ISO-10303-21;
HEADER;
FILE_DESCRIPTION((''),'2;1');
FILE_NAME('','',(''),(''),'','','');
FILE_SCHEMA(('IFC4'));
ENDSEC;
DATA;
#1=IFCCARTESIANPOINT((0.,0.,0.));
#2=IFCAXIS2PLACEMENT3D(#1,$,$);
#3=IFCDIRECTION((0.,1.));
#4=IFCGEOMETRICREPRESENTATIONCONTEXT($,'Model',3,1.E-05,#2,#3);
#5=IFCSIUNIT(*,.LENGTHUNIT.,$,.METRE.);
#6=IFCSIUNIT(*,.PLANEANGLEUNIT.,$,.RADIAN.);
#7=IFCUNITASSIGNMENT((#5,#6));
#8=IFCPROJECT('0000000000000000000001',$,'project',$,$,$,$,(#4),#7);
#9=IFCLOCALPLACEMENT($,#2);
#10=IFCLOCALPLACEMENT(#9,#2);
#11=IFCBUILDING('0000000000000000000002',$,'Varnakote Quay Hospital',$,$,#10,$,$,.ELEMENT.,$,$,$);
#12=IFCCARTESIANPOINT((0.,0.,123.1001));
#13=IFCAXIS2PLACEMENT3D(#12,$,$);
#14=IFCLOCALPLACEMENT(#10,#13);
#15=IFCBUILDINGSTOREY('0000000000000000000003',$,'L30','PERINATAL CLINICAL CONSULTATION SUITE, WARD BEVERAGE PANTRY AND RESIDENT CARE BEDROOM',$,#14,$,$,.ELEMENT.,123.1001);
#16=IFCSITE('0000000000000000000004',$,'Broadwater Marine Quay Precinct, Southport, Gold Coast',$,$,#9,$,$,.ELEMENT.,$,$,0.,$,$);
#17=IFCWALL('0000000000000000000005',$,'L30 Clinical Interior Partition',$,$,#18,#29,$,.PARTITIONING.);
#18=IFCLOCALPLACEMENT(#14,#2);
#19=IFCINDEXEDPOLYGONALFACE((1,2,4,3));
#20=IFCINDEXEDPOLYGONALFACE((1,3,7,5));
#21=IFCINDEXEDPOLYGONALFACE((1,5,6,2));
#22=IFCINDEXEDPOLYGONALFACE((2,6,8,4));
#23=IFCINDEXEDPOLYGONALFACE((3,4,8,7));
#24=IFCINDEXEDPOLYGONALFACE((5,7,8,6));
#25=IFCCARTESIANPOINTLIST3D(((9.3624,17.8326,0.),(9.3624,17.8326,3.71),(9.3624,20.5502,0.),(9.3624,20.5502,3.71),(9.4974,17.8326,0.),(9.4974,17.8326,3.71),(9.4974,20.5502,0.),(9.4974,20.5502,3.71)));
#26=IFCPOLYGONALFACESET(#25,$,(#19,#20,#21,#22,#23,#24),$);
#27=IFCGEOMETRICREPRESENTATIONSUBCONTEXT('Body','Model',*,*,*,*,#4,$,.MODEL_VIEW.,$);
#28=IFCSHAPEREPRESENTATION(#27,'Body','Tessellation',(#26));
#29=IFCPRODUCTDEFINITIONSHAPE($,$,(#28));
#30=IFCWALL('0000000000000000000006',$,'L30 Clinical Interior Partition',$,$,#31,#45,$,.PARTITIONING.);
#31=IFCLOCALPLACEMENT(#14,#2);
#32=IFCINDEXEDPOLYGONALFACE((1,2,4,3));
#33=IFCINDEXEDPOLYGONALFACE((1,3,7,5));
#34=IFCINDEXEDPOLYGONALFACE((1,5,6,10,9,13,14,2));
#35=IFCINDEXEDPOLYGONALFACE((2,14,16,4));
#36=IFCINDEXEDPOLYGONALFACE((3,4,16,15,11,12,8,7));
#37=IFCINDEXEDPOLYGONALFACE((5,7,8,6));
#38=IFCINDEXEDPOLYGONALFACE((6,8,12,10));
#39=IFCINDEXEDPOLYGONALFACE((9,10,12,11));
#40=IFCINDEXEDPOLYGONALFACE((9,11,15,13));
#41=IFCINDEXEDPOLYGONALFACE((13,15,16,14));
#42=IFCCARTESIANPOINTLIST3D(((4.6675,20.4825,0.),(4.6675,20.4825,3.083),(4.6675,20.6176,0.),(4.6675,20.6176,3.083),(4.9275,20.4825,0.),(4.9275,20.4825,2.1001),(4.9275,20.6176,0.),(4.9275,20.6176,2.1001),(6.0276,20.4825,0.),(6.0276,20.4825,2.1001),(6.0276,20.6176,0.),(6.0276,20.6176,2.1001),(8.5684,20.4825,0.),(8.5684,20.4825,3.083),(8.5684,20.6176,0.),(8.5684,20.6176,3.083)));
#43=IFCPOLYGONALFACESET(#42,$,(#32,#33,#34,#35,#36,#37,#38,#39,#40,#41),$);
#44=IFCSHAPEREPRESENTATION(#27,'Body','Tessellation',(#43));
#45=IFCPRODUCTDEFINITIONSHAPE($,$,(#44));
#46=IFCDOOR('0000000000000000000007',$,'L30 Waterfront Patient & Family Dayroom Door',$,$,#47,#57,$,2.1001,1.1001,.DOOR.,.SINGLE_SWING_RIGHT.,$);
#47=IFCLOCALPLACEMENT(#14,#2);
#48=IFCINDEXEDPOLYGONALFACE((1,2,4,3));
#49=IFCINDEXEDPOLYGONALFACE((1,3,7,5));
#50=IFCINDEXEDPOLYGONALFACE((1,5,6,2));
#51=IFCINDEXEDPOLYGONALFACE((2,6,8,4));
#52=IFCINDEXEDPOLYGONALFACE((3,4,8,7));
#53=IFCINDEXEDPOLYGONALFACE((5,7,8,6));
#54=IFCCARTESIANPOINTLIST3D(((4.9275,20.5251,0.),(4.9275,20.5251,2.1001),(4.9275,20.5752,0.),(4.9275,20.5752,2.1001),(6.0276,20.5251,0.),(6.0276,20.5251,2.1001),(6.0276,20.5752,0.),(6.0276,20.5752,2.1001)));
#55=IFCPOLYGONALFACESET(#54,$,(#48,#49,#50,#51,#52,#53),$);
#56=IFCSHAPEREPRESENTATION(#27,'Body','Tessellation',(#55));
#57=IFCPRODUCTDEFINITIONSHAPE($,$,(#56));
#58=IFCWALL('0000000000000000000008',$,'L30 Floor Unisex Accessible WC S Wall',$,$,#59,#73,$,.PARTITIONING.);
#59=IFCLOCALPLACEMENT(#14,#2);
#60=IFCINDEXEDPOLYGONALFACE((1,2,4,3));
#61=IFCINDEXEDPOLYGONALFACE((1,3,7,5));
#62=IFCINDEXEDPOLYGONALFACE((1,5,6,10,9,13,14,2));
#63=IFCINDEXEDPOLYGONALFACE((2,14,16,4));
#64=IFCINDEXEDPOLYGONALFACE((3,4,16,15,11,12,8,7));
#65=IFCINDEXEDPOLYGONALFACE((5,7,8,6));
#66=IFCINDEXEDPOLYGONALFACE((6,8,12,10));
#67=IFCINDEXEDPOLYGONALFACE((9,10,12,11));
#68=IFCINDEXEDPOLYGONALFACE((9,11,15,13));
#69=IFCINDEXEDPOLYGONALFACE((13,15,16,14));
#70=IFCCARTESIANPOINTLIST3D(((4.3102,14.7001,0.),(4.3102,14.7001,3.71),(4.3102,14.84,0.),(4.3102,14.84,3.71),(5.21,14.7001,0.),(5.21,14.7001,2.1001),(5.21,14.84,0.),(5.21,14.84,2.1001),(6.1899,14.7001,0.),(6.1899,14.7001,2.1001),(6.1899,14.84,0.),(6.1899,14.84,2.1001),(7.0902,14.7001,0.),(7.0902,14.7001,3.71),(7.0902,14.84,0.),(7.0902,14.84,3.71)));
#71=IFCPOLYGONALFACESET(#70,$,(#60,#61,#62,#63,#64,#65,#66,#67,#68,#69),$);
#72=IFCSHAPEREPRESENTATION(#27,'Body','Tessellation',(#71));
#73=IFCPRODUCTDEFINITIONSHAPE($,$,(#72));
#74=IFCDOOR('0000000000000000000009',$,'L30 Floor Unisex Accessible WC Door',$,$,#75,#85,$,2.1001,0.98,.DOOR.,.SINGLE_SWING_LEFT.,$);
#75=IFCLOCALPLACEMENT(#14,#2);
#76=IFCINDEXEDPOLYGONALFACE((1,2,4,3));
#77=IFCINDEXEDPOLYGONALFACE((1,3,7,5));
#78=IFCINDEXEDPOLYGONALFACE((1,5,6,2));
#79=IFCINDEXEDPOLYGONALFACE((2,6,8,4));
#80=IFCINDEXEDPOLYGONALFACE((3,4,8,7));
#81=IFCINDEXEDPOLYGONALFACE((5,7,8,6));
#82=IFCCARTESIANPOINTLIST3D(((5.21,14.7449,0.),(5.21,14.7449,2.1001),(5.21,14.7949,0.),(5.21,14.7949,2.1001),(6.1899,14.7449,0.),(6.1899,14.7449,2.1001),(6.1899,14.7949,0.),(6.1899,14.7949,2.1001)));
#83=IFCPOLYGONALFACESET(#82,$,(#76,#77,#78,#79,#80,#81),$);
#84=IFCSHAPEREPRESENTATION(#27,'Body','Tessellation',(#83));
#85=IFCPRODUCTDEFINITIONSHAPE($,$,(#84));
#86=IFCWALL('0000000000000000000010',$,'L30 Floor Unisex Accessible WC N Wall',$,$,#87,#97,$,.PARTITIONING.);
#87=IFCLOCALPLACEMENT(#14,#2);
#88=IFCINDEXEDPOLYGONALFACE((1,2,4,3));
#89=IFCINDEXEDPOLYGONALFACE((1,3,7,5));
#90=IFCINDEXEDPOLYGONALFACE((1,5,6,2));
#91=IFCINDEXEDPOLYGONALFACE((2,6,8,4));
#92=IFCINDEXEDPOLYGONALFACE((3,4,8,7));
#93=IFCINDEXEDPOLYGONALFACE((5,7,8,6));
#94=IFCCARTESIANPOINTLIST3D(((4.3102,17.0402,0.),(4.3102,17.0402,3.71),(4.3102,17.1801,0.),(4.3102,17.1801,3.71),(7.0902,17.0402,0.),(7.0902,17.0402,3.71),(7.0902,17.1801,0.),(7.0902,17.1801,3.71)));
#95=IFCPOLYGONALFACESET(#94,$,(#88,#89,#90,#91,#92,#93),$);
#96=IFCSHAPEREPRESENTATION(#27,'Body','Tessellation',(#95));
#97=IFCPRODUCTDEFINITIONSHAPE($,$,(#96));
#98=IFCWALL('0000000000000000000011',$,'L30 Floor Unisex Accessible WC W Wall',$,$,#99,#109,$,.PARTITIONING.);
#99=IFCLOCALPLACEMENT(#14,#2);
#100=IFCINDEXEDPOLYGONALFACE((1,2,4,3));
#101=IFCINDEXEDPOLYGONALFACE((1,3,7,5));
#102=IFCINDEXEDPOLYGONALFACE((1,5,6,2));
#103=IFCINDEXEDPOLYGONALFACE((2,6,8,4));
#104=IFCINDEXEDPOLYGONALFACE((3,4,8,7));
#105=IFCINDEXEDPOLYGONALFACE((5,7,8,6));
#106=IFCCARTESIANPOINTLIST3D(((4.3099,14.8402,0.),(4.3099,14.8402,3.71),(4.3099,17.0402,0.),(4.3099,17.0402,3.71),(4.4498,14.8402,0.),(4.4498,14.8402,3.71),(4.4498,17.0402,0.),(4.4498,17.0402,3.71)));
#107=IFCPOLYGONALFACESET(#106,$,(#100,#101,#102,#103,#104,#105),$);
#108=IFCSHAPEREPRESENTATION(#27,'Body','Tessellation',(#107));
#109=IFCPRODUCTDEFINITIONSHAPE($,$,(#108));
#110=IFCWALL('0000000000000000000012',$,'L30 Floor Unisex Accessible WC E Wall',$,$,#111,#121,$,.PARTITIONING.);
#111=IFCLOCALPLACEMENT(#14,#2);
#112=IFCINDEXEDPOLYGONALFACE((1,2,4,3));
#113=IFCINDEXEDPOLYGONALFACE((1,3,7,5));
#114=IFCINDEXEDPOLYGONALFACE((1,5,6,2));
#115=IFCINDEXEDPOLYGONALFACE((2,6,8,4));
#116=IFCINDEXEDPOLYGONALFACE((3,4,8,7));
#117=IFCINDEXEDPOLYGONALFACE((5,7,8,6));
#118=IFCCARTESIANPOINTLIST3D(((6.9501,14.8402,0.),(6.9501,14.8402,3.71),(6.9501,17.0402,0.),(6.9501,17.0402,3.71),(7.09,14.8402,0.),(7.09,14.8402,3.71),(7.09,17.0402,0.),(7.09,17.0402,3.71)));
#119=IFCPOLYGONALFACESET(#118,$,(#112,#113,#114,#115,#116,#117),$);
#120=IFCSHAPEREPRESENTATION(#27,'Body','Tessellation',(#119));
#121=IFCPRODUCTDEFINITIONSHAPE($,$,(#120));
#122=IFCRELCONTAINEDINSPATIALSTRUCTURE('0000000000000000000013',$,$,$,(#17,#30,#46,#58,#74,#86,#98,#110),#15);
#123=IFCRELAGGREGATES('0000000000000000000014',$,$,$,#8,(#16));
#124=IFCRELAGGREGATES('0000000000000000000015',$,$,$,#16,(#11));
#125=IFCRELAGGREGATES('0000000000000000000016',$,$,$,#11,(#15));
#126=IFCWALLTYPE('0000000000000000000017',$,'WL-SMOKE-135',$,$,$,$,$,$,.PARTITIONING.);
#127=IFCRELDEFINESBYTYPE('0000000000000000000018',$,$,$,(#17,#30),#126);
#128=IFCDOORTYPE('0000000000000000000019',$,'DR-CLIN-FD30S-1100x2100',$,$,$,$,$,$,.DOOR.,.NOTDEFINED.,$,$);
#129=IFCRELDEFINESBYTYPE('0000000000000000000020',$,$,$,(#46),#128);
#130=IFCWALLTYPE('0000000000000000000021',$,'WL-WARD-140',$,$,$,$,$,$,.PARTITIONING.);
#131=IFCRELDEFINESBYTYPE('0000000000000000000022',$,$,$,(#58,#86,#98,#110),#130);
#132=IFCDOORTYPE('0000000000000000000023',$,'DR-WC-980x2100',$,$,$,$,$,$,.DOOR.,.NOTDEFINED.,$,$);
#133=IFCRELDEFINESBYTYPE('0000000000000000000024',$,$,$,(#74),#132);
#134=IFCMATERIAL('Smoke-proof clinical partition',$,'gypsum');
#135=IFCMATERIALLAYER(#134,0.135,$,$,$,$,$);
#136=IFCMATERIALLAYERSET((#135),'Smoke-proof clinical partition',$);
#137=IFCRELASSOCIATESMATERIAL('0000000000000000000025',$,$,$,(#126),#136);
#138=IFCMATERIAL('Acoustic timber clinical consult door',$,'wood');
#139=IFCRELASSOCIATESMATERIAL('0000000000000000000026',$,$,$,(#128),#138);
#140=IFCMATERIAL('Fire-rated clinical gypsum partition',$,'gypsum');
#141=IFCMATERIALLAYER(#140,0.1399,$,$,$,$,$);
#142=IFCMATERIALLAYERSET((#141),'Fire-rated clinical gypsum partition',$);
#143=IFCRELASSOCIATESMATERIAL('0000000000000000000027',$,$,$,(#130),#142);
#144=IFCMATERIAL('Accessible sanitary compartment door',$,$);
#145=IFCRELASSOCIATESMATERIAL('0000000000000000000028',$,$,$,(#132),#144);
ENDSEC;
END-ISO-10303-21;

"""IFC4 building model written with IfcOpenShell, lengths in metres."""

from ifc_helpers import new_model, si_unit, direction, frame, frame_2d, origin, place, context, subcontext, project, spatial, rectangle, extrude, material, layer, layer_set, type_object, element, fill, save


model = new_model("IFC4")

# Units and contexts
model_context = context("Model", 3, precision=1e-05, world=origin(), true_north=direction((0.0, 1.0)))
body_context = subcontext(model_context, "Body", "Model", "MODEL_VIEW")
ifc_project = project(units=[si_unit("LENGTHUNIT", "METRE"), si_unit("PLANEANGLEUNIT", "RADIAN")], contexts=[model_context])

# Site, building, storey
site_placement = place(None, origin())
site = spatial("IfcSite", under=ifc_project, at=site_placement, Name="Broadwater Marine Quay Precinct, Southport, Gold Coast", CompositionType="ELEMENT", RefElevation=0.0)
building_placement = place(site_placement, origin())
building = spatial("IfcBuilding", under=site, at=building_placement, Name="Varnakote Quay Hospital", CompositionType="ELEMENT")
storey_placement = place(building_placement, frame((0.0, 0.0, 123.1001)))
storey = spatial("IfcBuildingStorey", under=building, at=storey_placement, Name="L30", Description="PERINATAL CLINICAL CONSULTATION SUITE, WARD BEVERAGE PANTRY AND RESIDENT CARE BEDROOM", CompositionType="ELEMENT", Elevation=123.1001)

# Wall
ifc_material_1 = material(Name="Smoke-proof clinical partition", Category="gypsum")
ifc_layer_1 = layer(ifc_material_1, 0.135)
ifc_layer_set_1 = layer_set([ifc_layer_1], Name="Smoke-proof clinical partition")
wall_type_1 = type_object("IfcWallType", Name="WL-SMOKE-135", PredefinedType="PARTITIONING", material=ifc_layer_set_1)
wall_1_placement = place(storey_placement, frame((9.4299, 17.8325, 0.0), z_axis=(0.0, 0.0, 1.0), x_axis=(0.0, 1.0, 0.0)))
element("IfcWall", 1, at=wall_1_placement, inside=storey, type_object=wall_type_1, Name="L30 Clinical Interior Partition", PredefinedType="PARTITIONING", context=body_context, shape_type="SweptSolid", body=[
    extrude(rectangle(XDim=2.7175, YDim=0.135, at=frame_2d((1.3589, 0.0))), origin(), (0.0, 0.0, 1.0), 3.71),
])

# Walls, openings, doors
wall_2_placement = place(storey_placement, frame((8.5684, 20.55, 0.0), z_axis=(0.0, 0.0, 1.0), x_axis=(-1.0, 0.0, 0.0)))
wall_2 = element("IfcWall", 2, at=wall_2_placement, inside=storey, type_object=wall_type_1, Name="L30 Clinical Interior Partition", PredefinedType="PARTITIONING", context=body_context, shape_type="SweptSolid", body=[
    extrude(rectangle(XDim=3.9009, YDim=0.135, at=frame_2d((1.9504, 0.0))), origin(), (0.0, 0.0, 1.0), 3.083),
])
opening_1_placement = place(wall_2_placement, frame((2.5408, 0.0, 0.0)))
opening_1 = element("IfcOpeningElement", 3, at=opening_1_placement, cuts=wall_2, PredefinedType="OPENING", context=body_context, shape_type="SweptSolid", body=[
    extrude(rectangle(XDim=1.1001, YDim=2.1001, at=frame_2d((0.55, 1.05))), frame((0.0, 0.0774, 0.0), z_axis=(0.0, -1.0, 0.0), x_axis=(1.0, 0.0, 0.0)), (0.0, 0.0, 1.0), 0.155),
])
ifc_material_2 = material(Name="Acoustic timber clinical consult door", Category="wood")
door_type_1 = type_object("IfcDoorType", Name="DR-CLIN-FD30S-1100x2100", OperationType="NOTDEFINED", PredefinedType="DOOR", material=ifc_material_2)
door_1_placement = place(opening_1_placement, origin())
door_1 = element("IfcDoor", 4, at=door_1_placement, inside=storey, type_object=door_type_1, Name="L30 Waterfront Patient & Family Dayroom Door", OperationType="SINGLE_SWING_RIGHT", OverallHeight=2.1001, OverallWidth=1.1001, PredefinedType="DOOR", context=body_context, shape_type="SweptSolid", body=[
    extrude(rectangle(XDim=1.1001, YDim=2.1001, at=frame_2d((0.55, 1.05))), frame((0.0, 0.0249, 0.0), z_axis=(0.0, -1.0, 0.0), x_axis=(1.0, 0.0, 0.0)), (0.0, 0.0, 1.0), 0.05),
])
fill(opening_1, door_1)
ifc_material_3 = material(Name="Fire-rated clinical gypsum partition", Category="gypsum")
ifc_layer_2 = layer(ifc_material_3, 0.1399)
ifc_layer_set_2 = layer_set([ifc_layer_2], Name="Fire-rated clinical gypsum partition")
wall_type_2 = type_object("IfcWallType", Name="WL-WARD-140", PredefinedType="PARTITIONING", material=ifc_layer_set_2)
wall_3_placement = place(storey_placement, frame((4.3101, 14.77, 0.0), z_axis=(0.0, 0.0, 1.0), x_axis=(1.0, 0.0, 0.0)))
wall_3 = element("IfcWall", 5, at=wall_3_placement, inside=storey, type_object=wall_type_2, Name="L30 Floor Unisex Accessible WC S Wall", PredefinedType="PARTITIONING", context=body_context, shape_type="SweptSolid", body=[
    extrude(rectangle(XDim=2.78, YDim=0.1399, at=frame_2d((1.3901, 0.0))), origin(), (0.0, 0.0, 1.0), 3.71),
])
opening_2_placement = place(wall_3_placement, frame((0.8999, 0.0, 0.0)))
opening_2 = element("IfcOpeningElement", 6, at=opening_2_placement, cuts=wall_3, PredefinedType="OPENING", context=body_context, shape_type="SweptSolid", body=[
    extrude(rectangle(XDim=0.98, YDim=2.1001, at=frame_2d((0.49, 1.05))), frame((0.0, 0.0798, 0.0), z_axis=(0.0, -1.0, 0.0), x_axis=(1.0, 0.0, 0.0)), (0.0, 0.0, 1.0), 0.1599),
])
ifc_material_4 = material(Name="Accessible sanitary compartment door")
door_type_2 = type_object("IfcDoorType", Name="DR-WC-980x2100", OperationType="NOTDEFINED", PredefinedType="DOOR", material=ifc_material_4)
door_2_placement = place(opening_2_placement, origin())
door_2 = element("IfcDoor", 7, at=door_2_placement, inside=storey, type_object=door_type_2, Name="L30 Floor Unisex Accessible WC Door", OperationType="SINGLE_SWING_LEFT", OverallHeight=2.1001, OverallWidth=0.98, PredefinedType="DOOR", context=body_context, shape_type="SweptSolid", body=[
    extrude(rectangle(XDim=0.98, YDim=2.1001, at=frame_2d((0.49, 1.05))), frame((0.0, 0.0249, 0.0), z_axis=(0.0, -1.0, 0.0), x_axis=(1.0, 0.0, 0.0)), (0.0, 0.0, 1.0), 0.05),
])
fill(opening_2, door_2)

# Walls
wall_4_placement = place(storey_placement, frame((4.3101, 17.1101, 0.0), z_axis=(0.0, 0.0, 1.0), x_axis=(1.0, 0.0, 0.0)))
element("IfcWall", 8, at=wall_4_placement, inside=storey, type_object=wall_type_2, Name="L30 Floor Unisex Accessible WC N Wall", PredefinedType="PARTITIONING", context=body_context, shape_type="SweptSolid", body=[
    extrude(rectangle(XDim=2.78, YDim=0.1399, at=frame_2d((1.3901, 0.0))), origin(), (0.0, 0.0, 1.0), 3.71),
])
for number, where, z_axis, x_axis, name in (
    (9, (4.3799, 14.8401, 0.0), (0.0, 0.0, 1.0), (0.0, 1.0, 0.0), "L30 Floor Unisex Accessible WC W Wall"),
    (10, (7.02, 14.8401, 0.0), (0.0, 0.0, 1.0), (0.0, 1.0, 0.0), "L30 Floor Unisex Accessible WC E Wall"),
):
    element("IfcWall", number, at=place(storey_placement, frame(where, z_axis=z_axis, x_axis=x_axis)), inside=storey, type_object=wall_type_2, Name=name, PredefinedType="PARTITIONING", context=body_context, shape_type="SweptSolid", body=[
        extrude(rectangle(XDim=2.2, YDim=0.1399, at=frame_2d((1.1001, 0.0))), origin(), (0.0, 0.0, 1.0), 3.71),
    ])

save(model, "model.ifc")
